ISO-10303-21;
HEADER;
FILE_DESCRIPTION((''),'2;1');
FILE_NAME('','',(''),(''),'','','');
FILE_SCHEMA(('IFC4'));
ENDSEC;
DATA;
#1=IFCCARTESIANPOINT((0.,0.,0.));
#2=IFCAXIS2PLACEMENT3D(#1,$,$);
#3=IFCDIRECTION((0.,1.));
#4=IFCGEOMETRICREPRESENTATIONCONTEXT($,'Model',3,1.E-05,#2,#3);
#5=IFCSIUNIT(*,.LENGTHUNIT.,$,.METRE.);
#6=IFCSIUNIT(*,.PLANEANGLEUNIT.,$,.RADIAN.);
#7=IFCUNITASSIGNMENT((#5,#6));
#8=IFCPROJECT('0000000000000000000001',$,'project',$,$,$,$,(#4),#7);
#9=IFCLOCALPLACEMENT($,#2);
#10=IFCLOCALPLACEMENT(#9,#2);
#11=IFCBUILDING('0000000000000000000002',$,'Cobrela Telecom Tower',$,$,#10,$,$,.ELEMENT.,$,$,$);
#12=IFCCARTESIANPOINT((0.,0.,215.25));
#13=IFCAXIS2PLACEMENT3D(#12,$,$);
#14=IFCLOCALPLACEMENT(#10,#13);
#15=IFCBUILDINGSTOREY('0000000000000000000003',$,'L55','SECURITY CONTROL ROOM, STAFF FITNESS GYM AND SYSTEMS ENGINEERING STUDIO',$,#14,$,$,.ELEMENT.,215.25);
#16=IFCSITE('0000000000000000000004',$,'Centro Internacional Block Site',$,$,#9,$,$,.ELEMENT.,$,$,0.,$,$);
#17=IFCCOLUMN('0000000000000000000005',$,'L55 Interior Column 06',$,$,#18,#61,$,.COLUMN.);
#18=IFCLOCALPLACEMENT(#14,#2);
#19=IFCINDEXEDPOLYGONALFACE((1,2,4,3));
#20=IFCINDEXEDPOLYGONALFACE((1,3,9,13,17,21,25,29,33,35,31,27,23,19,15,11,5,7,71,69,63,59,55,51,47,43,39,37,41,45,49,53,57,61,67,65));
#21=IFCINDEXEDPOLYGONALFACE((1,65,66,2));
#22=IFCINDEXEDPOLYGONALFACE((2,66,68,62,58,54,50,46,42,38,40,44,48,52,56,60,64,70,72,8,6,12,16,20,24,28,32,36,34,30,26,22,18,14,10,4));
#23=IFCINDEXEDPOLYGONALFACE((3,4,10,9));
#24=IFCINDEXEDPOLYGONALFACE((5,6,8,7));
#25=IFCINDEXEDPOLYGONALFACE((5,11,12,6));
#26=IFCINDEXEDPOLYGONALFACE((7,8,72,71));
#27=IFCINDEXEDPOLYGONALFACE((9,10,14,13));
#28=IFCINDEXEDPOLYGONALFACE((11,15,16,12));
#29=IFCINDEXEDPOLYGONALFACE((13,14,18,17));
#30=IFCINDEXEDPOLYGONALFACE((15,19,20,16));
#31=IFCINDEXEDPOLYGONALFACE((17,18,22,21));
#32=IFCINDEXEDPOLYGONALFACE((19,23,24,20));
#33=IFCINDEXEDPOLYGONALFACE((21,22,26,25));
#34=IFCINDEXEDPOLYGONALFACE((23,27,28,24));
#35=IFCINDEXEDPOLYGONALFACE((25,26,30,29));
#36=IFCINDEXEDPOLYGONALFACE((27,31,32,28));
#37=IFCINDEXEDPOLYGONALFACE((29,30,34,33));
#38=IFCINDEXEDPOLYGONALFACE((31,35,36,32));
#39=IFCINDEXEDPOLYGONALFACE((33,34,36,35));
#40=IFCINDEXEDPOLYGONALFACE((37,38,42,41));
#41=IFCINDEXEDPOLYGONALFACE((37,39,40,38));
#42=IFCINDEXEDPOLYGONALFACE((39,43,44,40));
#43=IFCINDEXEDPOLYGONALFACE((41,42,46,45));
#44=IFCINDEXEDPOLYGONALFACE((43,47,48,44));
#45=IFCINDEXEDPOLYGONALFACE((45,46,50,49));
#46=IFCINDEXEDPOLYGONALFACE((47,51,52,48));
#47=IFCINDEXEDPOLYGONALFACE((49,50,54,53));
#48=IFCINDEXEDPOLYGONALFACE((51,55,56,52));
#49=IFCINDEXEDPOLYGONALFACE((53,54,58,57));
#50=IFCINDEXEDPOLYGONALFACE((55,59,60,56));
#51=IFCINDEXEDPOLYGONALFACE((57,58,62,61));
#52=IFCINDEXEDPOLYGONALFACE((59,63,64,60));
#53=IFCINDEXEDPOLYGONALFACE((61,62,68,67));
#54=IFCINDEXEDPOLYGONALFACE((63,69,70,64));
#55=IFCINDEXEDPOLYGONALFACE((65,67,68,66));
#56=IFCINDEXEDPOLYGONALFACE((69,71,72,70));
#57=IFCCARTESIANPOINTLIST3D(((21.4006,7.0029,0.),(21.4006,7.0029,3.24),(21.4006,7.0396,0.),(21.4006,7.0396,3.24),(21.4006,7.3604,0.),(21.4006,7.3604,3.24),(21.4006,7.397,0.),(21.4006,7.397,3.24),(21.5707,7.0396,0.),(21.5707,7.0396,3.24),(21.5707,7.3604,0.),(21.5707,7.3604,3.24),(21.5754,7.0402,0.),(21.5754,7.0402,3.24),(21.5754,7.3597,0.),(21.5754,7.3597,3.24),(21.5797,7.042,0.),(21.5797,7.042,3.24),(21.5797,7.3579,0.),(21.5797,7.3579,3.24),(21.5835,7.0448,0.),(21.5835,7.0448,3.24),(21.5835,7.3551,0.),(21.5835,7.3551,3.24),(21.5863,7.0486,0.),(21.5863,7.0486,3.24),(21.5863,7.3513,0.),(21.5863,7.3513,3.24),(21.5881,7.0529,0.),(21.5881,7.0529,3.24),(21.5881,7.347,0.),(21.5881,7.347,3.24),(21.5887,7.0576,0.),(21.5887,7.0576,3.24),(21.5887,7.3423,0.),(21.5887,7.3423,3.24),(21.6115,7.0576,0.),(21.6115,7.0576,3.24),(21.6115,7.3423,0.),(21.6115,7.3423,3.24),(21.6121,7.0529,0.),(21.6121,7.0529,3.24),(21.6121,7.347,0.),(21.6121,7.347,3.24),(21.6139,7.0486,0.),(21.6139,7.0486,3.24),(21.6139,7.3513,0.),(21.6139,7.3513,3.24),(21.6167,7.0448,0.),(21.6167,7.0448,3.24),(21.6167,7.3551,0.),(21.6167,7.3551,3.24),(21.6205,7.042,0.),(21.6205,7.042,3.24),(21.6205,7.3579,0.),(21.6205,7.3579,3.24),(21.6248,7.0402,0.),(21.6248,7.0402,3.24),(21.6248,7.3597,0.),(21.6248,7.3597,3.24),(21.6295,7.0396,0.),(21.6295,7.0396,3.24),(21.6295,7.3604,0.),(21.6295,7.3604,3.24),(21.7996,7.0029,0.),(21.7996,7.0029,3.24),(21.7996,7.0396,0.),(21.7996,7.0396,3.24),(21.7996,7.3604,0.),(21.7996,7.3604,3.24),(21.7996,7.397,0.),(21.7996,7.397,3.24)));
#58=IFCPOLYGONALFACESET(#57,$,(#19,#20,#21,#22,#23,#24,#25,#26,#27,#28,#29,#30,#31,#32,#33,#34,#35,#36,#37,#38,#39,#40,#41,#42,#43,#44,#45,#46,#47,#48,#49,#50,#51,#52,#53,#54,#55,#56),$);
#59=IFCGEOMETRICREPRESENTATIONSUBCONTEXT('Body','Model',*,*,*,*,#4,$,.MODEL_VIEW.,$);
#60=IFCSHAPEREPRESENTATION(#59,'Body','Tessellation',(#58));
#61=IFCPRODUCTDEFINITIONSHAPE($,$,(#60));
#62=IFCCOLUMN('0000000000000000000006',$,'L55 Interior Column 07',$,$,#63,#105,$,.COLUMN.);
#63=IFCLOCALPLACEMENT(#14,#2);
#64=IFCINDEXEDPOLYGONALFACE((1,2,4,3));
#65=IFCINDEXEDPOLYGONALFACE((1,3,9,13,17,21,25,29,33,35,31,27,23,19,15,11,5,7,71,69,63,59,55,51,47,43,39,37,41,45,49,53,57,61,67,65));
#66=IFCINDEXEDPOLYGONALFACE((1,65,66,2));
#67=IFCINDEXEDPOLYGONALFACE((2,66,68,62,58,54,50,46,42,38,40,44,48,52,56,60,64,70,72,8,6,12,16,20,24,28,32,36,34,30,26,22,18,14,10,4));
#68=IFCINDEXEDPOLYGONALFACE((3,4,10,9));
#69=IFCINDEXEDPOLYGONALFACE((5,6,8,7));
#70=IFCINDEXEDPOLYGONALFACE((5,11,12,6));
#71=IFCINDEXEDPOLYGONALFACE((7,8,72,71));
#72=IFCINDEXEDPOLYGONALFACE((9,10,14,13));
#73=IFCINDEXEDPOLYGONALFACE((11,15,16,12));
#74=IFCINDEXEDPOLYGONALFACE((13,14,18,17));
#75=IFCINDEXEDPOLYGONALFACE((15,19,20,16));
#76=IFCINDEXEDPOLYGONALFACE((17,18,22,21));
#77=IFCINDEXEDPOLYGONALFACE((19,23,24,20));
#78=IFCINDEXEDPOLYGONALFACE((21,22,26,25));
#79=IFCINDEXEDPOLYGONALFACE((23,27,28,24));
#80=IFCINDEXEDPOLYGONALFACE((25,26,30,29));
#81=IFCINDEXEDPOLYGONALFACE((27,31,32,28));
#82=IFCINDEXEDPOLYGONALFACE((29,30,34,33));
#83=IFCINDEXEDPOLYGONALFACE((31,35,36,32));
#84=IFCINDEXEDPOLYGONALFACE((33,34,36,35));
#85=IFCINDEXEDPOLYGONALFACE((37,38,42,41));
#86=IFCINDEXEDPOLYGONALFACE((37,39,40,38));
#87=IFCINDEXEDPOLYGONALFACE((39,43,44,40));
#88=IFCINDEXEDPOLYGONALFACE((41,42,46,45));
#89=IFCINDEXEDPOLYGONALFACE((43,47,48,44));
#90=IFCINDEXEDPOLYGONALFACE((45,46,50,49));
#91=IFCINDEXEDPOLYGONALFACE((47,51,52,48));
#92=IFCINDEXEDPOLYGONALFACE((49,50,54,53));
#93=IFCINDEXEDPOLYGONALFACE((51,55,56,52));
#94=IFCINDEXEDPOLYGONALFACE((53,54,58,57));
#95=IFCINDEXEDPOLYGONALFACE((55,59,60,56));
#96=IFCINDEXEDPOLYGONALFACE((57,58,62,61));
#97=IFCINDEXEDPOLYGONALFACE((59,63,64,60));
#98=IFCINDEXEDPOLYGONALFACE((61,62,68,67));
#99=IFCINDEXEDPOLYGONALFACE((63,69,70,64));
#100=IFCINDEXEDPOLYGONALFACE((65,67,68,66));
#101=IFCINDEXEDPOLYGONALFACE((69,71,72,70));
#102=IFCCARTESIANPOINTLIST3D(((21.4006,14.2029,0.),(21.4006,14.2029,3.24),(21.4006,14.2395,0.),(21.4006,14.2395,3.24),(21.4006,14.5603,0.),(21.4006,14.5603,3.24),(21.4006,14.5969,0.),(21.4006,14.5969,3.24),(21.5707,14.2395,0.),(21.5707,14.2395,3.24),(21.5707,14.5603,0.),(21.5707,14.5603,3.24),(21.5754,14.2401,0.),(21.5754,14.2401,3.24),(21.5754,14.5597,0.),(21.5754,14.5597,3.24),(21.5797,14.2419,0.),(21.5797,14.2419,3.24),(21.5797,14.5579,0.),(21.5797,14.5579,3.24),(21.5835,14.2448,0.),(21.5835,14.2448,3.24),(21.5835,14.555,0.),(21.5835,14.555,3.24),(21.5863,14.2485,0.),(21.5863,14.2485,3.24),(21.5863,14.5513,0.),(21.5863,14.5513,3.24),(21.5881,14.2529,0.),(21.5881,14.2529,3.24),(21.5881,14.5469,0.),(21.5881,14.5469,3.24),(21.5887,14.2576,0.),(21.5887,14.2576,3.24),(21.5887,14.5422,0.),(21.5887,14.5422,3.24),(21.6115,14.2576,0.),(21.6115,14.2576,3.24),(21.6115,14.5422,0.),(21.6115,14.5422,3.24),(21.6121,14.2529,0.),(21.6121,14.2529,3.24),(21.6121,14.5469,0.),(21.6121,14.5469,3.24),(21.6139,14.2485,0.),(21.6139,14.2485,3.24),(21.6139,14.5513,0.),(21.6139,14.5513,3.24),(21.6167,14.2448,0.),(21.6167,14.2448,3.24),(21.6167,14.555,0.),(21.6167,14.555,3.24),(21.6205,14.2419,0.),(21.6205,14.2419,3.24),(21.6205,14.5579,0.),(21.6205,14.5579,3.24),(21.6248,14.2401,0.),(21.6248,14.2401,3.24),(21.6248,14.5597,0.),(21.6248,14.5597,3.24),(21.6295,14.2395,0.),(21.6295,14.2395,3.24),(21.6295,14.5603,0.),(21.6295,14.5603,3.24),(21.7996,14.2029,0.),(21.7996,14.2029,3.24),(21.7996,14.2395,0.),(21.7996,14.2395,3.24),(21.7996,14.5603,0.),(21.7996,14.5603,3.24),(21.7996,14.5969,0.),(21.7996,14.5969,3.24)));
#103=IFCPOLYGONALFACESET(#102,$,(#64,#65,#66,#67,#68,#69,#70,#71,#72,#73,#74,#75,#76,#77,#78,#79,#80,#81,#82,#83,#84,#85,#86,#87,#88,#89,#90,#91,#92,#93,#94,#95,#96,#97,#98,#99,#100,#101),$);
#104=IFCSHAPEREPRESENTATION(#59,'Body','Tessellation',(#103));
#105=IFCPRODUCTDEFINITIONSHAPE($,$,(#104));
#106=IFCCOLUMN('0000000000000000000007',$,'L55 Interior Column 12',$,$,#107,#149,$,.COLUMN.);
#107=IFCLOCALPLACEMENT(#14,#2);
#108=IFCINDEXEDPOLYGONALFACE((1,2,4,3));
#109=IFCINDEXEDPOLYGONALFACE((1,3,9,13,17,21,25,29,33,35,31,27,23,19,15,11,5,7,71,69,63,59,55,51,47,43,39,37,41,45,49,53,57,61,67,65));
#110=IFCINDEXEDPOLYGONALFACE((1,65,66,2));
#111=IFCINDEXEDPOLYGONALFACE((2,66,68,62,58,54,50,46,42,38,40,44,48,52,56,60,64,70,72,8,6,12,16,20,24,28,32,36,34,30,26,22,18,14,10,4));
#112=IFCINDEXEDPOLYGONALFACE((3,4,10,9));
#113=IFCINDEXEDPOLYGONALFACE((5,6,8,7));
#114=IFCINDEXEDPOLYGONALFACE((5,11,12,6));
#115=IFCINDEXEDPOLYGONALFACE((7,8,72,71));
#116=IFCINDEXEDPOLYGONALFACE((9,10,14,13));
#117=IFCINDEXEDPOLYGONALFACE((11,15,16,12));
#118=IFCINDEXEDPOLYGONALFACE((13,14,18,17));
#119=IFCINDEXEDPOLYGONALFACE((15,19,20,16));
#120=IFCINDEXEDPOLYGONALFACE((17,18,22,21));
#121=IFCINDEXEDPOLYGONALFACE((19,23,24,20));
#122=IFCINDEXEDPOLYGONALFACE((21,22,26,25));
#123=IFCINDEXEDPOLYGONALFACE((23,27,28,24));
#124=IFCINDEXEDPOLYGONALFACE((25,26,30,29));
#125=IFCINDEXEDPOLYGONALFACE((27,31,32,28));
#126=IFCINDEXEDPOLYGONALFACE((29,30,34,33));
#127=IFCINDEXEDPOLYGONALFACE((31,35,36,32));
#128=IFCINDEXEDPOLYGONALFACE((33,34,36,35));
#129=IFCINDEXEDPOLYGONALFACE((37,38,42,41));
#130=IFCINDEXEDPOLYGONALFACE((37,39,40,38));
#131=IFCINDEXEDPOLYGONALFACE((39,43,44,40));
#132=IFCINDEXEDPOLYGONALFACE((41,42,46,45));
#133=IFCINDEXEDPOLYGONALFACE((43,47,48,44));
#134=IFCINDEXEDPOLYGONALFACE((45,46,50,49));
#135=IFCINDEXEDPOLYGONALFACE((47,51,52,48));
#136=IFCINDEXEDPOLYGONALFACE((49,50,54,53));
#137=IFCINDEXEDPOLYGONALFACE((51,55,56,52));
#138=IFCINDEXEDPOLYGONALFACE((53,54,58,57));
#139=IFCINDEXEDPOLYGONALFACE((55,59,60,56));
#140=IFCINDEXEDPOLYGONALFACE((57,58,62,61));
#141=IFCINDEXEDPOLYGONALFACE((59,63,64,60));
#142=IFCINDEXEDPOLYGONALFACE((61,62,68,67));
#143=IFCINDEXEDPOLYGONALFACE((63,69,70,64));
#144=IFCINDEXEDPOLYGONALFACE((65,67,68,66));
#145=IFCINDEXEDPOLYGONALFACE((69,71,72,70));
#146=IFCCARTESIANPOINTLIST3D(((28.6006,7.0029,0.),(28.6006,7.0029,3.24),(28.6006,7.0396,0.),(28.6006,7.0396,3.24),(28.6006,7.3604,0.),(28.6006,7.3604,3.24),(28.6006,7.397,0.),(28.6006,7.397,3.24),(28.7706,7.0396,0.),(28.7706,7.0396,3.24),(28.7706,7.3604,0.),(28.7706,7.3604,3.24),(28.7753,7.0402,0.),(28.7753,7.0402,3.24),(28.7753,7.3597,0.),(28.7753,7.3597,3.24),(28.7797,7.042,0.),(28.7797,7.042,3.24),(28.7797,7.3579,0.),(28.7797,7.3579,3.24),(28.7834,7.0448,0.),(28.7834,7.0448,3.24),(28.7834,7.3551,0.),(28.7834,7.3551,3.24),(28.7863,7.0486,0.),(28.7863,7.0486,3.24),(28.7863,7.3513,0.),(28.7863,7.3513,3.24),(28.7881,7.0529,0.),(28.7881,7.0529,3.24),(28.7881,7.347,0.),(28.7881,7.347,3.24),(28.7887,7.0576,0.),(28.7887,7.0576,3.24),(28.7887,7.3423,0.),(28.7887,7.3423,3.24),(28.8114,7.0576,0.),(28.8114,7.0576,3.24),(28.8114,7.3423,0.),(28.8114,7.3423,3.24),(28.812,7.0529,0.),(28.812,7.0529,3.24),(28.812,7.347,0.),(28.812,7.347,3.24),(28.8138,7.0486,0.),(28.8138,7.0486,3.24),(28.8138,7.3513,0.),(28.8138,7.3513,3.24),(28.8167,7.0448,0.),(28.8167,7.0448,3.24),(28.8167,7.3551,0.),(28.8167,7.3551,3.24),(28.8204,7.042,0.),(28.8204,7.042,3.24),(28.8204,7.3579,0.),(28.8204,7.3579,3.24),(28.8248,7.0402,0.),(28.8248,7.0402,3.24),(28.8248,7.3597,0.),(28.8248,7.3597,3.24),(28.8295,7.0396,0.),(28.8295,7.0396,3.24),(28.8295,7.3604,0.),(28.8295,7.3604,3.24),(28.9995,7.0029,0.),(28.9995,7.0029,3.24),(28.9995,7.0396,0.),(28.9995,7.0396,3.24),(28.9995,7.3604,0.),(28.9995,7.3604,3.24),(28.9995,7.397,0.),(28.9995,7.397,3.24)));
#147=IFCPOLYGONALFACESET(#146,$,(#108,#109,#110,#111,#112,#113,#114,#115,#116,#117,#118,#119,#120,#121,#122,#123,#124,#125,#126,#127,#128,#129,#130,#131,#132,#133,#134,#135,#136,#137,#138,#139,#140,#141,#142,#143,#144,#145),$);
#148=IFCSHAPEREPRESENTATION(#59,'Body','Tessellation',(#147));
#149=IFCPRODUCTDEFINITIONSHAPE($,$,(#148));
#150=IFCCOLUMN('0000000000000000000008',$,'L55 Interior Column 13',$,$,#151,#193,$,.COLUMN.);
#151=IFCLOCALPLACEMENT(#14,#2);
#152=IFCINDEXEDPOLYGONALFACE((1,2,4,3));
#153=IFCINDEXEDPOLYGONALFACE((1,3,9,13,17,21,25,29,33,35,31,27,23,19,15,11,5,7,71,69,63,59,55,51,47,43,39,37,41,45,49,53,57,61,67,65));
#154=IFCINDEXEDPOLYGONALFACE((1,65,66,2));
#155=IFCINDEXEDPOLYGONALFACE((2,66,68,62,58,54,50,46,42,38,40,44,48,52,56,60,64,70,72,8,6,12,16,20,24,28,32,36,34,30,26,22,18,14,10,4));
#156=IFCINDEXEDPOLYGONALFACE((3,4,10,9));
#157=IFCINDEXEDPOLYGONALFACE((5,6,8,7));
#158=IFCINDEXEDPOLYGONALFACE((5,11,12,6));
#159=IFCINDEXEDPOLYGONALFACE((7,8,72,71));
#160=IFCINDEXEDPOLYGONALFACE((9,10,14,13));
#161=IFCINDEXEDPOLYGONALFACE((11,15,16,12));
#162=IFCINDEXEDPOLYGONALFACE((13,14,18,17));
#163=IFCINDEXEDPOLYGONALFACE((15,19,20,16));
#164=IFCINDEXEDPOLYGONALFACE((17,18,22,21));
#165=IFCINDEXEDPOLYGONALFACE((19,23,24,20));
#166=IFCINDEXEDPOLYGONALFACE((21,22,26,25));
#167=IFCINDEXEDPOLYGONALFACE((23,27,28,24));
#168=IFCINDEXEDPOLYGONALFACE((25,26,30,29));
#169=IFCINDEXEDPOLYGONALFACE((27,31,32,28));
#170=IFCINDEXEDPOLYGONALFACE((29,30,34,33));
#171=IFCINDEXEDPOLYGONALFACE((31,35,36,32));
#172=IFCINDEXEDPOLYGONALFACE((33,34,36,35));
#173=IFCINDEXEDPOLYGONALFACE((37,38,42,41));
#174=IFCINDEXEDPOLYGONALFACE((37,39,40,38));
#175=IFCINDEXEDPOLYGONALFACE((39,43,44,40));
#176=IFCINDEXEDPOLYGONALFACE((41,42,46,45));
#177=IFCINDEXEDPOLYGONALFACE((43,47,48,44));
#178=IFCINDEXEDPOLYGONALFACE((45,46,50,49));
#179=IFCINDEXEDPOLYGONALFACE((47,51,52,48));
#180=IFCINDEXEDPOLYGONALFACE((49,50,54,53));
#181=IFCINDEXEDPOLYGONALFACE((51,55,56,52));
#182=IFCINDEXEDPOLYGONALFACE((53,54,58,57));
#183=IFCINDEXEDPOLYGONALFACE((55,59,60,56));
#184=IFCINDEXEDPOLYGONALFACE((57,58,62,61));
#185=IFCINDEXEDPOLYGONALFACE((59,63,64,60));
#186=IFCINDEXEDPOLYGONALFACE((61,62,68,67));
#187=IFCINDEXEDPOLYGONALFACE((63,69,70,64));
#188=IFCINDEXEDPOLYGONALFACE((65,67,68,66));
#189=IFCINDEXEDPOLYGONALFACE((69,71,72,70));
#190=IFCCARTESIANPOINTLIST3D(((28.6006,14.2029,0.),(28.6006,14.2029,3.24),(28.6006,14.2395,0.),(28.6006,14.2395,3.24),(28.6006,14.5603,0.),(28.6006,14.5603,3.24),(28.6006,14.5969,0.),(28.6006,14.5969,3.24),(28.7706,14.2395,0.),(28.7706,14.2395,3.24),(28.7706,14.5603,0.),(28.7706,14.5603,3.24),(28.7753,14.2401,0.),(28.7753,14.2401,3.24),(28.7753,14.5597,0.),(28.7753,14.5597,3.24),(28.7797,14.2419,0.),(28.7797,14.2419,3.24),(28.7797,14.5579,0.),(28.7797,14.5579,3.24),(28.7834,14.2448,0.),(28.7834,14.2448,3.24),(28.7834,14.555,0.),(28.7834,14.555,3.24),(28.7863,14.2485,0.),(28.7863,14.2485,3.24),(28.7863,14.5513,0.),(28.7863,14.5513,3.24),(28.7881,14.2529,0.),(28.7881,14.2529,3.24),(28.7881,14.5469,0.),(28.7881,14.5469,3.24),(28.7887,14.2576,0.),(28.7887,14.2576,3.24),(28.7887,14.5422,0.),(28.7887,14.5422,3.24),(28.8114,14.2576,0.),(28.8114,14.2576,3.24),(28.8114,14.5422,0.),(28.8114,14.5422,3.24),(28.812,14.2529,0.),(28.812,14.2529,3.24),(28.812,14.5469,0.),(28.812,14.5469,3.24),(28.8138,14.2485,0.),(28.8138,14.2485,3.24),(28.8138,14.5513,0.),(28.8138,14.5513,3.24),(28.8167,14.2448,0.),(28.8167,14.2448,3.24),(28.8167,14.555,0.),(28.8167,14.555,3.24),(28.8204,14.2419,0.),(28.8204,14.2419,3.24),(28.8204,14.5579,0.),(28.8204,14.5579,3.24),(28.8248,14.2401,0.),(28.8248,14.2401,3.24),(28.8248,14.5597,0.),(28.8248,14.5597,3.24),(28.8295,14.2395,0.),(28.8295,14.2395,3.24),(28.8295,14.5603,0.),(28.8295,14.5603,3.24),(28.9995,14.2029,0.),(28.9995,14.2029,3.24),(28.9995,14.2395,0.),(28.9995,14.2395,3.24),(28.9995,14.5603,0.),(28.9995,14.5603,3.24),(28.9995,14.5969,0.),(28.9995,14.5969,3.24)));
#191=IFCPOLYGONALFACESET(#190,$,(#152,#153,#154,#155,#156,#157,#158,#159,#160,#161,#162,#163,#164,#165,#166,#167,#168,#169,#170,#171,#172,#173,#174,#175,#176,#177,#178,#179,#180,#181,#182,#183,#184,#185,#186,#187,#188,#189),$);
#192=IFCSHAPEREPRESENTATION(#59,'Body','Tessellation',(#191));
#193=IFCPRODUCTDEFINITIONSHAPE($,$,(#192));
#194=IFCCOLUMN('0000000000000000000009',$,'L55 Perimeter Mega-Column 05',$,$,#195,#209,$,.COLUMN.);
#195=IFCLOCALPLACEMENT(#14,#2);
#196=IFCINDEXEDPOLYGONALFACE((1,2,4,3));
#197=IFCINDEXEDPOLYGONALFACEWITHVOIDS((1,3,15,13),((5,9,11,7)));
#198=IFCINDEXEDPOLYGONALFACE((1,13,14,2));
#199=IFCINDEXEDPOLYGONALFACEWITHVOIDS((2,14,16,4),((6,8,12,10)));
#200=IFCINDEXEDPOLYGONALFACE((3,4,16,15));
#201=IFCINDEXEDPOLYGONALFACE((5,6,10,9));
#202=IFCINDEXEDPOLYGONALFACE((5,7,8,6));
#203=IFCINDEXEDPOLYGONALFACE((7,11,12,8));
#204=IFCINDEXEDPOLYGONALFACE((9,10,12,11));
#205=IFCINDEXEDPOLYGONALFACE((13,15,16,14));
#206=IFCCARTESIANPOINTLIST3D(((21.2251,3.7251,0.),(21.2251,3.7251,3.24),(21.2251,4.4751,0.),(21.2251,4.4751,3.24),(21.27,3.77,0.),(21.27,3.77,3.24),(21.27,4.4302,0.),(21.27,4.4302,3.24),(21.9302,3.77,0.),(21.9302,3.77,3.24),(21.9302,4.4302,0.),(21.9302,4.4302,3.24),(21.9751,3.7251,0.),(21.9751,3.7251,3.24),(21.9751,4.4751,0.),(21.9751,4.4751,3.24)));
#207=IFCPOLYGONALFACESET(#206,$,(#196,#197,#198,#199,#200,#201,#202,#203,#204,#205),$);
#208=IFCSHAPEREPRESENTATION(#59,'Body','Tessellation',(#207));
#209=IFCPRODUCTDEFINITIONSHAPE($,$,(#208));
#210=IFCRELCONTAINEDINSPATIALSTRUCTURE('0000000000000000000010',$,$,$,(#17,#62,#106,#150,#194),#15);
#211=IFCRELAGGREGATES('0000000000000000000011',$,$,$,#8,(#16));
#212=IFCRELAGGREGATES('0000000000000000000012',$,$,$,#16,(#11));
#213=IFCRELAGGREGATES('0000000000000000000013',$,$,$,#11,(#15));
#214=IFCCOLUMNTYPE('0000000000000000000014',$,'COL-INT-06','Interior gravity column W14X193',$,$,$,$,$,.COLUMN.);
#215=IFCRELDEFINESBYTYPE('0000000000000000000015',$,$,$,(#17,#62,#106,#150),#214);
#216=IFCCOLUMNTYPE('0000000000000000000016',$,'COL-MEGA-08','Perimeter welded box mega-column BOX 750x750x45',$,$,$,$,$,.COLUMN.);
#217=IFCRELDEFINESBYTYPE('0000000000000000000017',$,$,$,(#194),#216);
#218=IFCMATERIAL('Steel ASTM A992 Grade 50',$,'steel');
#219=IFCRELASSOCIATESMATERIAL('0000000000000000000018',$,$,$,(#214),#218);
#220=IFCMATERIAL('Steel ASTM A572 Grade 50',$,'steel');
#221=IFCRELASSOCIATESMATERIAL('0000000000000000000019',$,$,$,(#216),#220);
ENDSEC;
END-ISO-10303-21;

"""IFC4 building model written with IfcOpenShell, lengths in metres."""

from ifc_helpers import new_model, si_unit, direction, frame, origin, origin_2d, place, context, subcontext, project, spatial, hollow_rectangle, i_section, extrude, material, material_profile, profile_set, type_object, element, save


model = new_model("IFC4")

# Units and contexts
model_context = context("Model", 3, precision=1e-05, world=origin(), true_north=direction((0.0, 1.0)))
body_context = subcontext(model_context, "Body", "Model", "MODEL_VIEW")
ifc_project = project(units=[si_unit("LENGTHUNIT", "METRE"), si_unit("PLANEANGLEUNIT", "RADIAN")], contexts=[model_context])

# Site, building, storey
site_placement = place(None, origin())
site = spatial("IfcSite", under=ifc_project, at=site_placement, Name="Centro Internacional Block Site", CompositionType="ELEMENT", RefElevation=0.0)
building_placement = place(site_placement, origin())
building = spatial("IfcBuilding", under=site, at=building_placement, Name="Cobrela Telecom Tower", CompositionType="ELEMENT")
storey_placement = place(building_placement, frame((0.0, 0.0, 215.25)))
storey = spatial("IfcBuildingStorey", under=building, at=storey_placement, Name="L55", Description="SECURITY CONTROL ROOM, STAFF FITNESS GYM AND SYSTEMS ENGINEERING STUDIO", CompositionType="ELEMENT", Elevation=215.25)

# Columns
ifc_material_1 = material(Name="Steel ASTM A992 Grade 50", Category="steel")
ifc_material_profile_1 = material_profile(ifc_material_1, i_section(OverallWidth=0.3989, OverallDepth=0.394, WebThickness=0.0227, FlangeThickness=0.0366, FilletRadius=0.0181, at=origin_2d()), Name="W14X193")
ifc_profile_set_1 = profile_set([ifc_material_profile_1], Name="Steel ASTM A992 Grade 50")
column_type_1 = type_object("IfcColumnType", Name="COL-INT-06", Description="Interior gravity column W14X193", PredefinedType="COLUMN", material=ifc_profile_set_1)
for number, where, z_axis, x_axis, name in (
    (1, (21.6001, 7.2, 0.0), (0.0, 0.0, 1.0), (1.0, 0.0, 0.0), "L55 Interior Column 06"),
    (2, (21.6001, 14.3999, 0.0), (0.0, 0.0, 1.0), (1.0, 0.0, 0.0), "L55 Interior Column 07"),
    (3, (28.8, 7.2, 0.0), (0.0, 0.0, 1.0), (1.0, 0.0, 0.0), "L55 Interior Column 12"),
    (4, (28.8, 14.3999, 0.0), (0.0, 0.0, 1.0), (1.0, 0.0, 0.0), "L55 Interior Column 13"),
):
    element("IfcColumn", number, at=place(storey_placement, frame(where, z_axis=z_axis, x_axis=x_axis)), inside=storey, type_object=column_type_1, Name=name, PredefinedType="COLUMN", context=body_context, shape_type="SweptSolid", body=[
        extrude(i_section(OverallWidth=0.3989, OverallDepth=0.394, WebThickness=0.0227, FlangeThickness=0.0366, FilletRadius=0.0181, at=origin_2d()), origin(), (0.0, 0.0, 1.0), 3.24),
    ])
ifc_material_2 = material(Name="Steel ASTM A572 Grade 50", Category="steel")
ifc_material_profile_2 = material_profile(ifc_material_2, hollow_rectangle(XDim=0.75, YDim=0.75, WallThickness=0.0449, at=origin_2d()), Name="BOX 750x750x45")
ifc_profile_set_2 = profile_set([ifc_material_profile_2], Name="Steel ASTM A572 Grade 50")
column_type_2 = type_object("IfcColumnType", Name="COL-MEGA-08", Description="Perimeter welded box mega-column BOX 750x750x45", PredefinedType="COLUMN", material=ifc_profile_set_2)
for number, where, z_axis, x_axis, name in (
    (5, (21.6001, 4.1001, 0.0), (0.0, 0.0, 1.0), (1.0, 0.0, 0.0), "L55 Perimeter Mega-Column 05"),
):
    element("IfcColumn", number, at=place(storey_placement, frame(where, z_axis=z_axis, x_axis=x_axis)), inside=storey, type_object=column_type_2, Name=name, PredefinedType="COLUMN", context=body_context, shape_type="SweptSolid", body=[
        extrude(hollow_rectangle(XDim=0.75, YDim=0.75, WallThickness=0.0449, at=origin_2d()), origin(), (0.0, 0.0, 1.0), 3.24),
    ])

save(model, "model.ifc")
